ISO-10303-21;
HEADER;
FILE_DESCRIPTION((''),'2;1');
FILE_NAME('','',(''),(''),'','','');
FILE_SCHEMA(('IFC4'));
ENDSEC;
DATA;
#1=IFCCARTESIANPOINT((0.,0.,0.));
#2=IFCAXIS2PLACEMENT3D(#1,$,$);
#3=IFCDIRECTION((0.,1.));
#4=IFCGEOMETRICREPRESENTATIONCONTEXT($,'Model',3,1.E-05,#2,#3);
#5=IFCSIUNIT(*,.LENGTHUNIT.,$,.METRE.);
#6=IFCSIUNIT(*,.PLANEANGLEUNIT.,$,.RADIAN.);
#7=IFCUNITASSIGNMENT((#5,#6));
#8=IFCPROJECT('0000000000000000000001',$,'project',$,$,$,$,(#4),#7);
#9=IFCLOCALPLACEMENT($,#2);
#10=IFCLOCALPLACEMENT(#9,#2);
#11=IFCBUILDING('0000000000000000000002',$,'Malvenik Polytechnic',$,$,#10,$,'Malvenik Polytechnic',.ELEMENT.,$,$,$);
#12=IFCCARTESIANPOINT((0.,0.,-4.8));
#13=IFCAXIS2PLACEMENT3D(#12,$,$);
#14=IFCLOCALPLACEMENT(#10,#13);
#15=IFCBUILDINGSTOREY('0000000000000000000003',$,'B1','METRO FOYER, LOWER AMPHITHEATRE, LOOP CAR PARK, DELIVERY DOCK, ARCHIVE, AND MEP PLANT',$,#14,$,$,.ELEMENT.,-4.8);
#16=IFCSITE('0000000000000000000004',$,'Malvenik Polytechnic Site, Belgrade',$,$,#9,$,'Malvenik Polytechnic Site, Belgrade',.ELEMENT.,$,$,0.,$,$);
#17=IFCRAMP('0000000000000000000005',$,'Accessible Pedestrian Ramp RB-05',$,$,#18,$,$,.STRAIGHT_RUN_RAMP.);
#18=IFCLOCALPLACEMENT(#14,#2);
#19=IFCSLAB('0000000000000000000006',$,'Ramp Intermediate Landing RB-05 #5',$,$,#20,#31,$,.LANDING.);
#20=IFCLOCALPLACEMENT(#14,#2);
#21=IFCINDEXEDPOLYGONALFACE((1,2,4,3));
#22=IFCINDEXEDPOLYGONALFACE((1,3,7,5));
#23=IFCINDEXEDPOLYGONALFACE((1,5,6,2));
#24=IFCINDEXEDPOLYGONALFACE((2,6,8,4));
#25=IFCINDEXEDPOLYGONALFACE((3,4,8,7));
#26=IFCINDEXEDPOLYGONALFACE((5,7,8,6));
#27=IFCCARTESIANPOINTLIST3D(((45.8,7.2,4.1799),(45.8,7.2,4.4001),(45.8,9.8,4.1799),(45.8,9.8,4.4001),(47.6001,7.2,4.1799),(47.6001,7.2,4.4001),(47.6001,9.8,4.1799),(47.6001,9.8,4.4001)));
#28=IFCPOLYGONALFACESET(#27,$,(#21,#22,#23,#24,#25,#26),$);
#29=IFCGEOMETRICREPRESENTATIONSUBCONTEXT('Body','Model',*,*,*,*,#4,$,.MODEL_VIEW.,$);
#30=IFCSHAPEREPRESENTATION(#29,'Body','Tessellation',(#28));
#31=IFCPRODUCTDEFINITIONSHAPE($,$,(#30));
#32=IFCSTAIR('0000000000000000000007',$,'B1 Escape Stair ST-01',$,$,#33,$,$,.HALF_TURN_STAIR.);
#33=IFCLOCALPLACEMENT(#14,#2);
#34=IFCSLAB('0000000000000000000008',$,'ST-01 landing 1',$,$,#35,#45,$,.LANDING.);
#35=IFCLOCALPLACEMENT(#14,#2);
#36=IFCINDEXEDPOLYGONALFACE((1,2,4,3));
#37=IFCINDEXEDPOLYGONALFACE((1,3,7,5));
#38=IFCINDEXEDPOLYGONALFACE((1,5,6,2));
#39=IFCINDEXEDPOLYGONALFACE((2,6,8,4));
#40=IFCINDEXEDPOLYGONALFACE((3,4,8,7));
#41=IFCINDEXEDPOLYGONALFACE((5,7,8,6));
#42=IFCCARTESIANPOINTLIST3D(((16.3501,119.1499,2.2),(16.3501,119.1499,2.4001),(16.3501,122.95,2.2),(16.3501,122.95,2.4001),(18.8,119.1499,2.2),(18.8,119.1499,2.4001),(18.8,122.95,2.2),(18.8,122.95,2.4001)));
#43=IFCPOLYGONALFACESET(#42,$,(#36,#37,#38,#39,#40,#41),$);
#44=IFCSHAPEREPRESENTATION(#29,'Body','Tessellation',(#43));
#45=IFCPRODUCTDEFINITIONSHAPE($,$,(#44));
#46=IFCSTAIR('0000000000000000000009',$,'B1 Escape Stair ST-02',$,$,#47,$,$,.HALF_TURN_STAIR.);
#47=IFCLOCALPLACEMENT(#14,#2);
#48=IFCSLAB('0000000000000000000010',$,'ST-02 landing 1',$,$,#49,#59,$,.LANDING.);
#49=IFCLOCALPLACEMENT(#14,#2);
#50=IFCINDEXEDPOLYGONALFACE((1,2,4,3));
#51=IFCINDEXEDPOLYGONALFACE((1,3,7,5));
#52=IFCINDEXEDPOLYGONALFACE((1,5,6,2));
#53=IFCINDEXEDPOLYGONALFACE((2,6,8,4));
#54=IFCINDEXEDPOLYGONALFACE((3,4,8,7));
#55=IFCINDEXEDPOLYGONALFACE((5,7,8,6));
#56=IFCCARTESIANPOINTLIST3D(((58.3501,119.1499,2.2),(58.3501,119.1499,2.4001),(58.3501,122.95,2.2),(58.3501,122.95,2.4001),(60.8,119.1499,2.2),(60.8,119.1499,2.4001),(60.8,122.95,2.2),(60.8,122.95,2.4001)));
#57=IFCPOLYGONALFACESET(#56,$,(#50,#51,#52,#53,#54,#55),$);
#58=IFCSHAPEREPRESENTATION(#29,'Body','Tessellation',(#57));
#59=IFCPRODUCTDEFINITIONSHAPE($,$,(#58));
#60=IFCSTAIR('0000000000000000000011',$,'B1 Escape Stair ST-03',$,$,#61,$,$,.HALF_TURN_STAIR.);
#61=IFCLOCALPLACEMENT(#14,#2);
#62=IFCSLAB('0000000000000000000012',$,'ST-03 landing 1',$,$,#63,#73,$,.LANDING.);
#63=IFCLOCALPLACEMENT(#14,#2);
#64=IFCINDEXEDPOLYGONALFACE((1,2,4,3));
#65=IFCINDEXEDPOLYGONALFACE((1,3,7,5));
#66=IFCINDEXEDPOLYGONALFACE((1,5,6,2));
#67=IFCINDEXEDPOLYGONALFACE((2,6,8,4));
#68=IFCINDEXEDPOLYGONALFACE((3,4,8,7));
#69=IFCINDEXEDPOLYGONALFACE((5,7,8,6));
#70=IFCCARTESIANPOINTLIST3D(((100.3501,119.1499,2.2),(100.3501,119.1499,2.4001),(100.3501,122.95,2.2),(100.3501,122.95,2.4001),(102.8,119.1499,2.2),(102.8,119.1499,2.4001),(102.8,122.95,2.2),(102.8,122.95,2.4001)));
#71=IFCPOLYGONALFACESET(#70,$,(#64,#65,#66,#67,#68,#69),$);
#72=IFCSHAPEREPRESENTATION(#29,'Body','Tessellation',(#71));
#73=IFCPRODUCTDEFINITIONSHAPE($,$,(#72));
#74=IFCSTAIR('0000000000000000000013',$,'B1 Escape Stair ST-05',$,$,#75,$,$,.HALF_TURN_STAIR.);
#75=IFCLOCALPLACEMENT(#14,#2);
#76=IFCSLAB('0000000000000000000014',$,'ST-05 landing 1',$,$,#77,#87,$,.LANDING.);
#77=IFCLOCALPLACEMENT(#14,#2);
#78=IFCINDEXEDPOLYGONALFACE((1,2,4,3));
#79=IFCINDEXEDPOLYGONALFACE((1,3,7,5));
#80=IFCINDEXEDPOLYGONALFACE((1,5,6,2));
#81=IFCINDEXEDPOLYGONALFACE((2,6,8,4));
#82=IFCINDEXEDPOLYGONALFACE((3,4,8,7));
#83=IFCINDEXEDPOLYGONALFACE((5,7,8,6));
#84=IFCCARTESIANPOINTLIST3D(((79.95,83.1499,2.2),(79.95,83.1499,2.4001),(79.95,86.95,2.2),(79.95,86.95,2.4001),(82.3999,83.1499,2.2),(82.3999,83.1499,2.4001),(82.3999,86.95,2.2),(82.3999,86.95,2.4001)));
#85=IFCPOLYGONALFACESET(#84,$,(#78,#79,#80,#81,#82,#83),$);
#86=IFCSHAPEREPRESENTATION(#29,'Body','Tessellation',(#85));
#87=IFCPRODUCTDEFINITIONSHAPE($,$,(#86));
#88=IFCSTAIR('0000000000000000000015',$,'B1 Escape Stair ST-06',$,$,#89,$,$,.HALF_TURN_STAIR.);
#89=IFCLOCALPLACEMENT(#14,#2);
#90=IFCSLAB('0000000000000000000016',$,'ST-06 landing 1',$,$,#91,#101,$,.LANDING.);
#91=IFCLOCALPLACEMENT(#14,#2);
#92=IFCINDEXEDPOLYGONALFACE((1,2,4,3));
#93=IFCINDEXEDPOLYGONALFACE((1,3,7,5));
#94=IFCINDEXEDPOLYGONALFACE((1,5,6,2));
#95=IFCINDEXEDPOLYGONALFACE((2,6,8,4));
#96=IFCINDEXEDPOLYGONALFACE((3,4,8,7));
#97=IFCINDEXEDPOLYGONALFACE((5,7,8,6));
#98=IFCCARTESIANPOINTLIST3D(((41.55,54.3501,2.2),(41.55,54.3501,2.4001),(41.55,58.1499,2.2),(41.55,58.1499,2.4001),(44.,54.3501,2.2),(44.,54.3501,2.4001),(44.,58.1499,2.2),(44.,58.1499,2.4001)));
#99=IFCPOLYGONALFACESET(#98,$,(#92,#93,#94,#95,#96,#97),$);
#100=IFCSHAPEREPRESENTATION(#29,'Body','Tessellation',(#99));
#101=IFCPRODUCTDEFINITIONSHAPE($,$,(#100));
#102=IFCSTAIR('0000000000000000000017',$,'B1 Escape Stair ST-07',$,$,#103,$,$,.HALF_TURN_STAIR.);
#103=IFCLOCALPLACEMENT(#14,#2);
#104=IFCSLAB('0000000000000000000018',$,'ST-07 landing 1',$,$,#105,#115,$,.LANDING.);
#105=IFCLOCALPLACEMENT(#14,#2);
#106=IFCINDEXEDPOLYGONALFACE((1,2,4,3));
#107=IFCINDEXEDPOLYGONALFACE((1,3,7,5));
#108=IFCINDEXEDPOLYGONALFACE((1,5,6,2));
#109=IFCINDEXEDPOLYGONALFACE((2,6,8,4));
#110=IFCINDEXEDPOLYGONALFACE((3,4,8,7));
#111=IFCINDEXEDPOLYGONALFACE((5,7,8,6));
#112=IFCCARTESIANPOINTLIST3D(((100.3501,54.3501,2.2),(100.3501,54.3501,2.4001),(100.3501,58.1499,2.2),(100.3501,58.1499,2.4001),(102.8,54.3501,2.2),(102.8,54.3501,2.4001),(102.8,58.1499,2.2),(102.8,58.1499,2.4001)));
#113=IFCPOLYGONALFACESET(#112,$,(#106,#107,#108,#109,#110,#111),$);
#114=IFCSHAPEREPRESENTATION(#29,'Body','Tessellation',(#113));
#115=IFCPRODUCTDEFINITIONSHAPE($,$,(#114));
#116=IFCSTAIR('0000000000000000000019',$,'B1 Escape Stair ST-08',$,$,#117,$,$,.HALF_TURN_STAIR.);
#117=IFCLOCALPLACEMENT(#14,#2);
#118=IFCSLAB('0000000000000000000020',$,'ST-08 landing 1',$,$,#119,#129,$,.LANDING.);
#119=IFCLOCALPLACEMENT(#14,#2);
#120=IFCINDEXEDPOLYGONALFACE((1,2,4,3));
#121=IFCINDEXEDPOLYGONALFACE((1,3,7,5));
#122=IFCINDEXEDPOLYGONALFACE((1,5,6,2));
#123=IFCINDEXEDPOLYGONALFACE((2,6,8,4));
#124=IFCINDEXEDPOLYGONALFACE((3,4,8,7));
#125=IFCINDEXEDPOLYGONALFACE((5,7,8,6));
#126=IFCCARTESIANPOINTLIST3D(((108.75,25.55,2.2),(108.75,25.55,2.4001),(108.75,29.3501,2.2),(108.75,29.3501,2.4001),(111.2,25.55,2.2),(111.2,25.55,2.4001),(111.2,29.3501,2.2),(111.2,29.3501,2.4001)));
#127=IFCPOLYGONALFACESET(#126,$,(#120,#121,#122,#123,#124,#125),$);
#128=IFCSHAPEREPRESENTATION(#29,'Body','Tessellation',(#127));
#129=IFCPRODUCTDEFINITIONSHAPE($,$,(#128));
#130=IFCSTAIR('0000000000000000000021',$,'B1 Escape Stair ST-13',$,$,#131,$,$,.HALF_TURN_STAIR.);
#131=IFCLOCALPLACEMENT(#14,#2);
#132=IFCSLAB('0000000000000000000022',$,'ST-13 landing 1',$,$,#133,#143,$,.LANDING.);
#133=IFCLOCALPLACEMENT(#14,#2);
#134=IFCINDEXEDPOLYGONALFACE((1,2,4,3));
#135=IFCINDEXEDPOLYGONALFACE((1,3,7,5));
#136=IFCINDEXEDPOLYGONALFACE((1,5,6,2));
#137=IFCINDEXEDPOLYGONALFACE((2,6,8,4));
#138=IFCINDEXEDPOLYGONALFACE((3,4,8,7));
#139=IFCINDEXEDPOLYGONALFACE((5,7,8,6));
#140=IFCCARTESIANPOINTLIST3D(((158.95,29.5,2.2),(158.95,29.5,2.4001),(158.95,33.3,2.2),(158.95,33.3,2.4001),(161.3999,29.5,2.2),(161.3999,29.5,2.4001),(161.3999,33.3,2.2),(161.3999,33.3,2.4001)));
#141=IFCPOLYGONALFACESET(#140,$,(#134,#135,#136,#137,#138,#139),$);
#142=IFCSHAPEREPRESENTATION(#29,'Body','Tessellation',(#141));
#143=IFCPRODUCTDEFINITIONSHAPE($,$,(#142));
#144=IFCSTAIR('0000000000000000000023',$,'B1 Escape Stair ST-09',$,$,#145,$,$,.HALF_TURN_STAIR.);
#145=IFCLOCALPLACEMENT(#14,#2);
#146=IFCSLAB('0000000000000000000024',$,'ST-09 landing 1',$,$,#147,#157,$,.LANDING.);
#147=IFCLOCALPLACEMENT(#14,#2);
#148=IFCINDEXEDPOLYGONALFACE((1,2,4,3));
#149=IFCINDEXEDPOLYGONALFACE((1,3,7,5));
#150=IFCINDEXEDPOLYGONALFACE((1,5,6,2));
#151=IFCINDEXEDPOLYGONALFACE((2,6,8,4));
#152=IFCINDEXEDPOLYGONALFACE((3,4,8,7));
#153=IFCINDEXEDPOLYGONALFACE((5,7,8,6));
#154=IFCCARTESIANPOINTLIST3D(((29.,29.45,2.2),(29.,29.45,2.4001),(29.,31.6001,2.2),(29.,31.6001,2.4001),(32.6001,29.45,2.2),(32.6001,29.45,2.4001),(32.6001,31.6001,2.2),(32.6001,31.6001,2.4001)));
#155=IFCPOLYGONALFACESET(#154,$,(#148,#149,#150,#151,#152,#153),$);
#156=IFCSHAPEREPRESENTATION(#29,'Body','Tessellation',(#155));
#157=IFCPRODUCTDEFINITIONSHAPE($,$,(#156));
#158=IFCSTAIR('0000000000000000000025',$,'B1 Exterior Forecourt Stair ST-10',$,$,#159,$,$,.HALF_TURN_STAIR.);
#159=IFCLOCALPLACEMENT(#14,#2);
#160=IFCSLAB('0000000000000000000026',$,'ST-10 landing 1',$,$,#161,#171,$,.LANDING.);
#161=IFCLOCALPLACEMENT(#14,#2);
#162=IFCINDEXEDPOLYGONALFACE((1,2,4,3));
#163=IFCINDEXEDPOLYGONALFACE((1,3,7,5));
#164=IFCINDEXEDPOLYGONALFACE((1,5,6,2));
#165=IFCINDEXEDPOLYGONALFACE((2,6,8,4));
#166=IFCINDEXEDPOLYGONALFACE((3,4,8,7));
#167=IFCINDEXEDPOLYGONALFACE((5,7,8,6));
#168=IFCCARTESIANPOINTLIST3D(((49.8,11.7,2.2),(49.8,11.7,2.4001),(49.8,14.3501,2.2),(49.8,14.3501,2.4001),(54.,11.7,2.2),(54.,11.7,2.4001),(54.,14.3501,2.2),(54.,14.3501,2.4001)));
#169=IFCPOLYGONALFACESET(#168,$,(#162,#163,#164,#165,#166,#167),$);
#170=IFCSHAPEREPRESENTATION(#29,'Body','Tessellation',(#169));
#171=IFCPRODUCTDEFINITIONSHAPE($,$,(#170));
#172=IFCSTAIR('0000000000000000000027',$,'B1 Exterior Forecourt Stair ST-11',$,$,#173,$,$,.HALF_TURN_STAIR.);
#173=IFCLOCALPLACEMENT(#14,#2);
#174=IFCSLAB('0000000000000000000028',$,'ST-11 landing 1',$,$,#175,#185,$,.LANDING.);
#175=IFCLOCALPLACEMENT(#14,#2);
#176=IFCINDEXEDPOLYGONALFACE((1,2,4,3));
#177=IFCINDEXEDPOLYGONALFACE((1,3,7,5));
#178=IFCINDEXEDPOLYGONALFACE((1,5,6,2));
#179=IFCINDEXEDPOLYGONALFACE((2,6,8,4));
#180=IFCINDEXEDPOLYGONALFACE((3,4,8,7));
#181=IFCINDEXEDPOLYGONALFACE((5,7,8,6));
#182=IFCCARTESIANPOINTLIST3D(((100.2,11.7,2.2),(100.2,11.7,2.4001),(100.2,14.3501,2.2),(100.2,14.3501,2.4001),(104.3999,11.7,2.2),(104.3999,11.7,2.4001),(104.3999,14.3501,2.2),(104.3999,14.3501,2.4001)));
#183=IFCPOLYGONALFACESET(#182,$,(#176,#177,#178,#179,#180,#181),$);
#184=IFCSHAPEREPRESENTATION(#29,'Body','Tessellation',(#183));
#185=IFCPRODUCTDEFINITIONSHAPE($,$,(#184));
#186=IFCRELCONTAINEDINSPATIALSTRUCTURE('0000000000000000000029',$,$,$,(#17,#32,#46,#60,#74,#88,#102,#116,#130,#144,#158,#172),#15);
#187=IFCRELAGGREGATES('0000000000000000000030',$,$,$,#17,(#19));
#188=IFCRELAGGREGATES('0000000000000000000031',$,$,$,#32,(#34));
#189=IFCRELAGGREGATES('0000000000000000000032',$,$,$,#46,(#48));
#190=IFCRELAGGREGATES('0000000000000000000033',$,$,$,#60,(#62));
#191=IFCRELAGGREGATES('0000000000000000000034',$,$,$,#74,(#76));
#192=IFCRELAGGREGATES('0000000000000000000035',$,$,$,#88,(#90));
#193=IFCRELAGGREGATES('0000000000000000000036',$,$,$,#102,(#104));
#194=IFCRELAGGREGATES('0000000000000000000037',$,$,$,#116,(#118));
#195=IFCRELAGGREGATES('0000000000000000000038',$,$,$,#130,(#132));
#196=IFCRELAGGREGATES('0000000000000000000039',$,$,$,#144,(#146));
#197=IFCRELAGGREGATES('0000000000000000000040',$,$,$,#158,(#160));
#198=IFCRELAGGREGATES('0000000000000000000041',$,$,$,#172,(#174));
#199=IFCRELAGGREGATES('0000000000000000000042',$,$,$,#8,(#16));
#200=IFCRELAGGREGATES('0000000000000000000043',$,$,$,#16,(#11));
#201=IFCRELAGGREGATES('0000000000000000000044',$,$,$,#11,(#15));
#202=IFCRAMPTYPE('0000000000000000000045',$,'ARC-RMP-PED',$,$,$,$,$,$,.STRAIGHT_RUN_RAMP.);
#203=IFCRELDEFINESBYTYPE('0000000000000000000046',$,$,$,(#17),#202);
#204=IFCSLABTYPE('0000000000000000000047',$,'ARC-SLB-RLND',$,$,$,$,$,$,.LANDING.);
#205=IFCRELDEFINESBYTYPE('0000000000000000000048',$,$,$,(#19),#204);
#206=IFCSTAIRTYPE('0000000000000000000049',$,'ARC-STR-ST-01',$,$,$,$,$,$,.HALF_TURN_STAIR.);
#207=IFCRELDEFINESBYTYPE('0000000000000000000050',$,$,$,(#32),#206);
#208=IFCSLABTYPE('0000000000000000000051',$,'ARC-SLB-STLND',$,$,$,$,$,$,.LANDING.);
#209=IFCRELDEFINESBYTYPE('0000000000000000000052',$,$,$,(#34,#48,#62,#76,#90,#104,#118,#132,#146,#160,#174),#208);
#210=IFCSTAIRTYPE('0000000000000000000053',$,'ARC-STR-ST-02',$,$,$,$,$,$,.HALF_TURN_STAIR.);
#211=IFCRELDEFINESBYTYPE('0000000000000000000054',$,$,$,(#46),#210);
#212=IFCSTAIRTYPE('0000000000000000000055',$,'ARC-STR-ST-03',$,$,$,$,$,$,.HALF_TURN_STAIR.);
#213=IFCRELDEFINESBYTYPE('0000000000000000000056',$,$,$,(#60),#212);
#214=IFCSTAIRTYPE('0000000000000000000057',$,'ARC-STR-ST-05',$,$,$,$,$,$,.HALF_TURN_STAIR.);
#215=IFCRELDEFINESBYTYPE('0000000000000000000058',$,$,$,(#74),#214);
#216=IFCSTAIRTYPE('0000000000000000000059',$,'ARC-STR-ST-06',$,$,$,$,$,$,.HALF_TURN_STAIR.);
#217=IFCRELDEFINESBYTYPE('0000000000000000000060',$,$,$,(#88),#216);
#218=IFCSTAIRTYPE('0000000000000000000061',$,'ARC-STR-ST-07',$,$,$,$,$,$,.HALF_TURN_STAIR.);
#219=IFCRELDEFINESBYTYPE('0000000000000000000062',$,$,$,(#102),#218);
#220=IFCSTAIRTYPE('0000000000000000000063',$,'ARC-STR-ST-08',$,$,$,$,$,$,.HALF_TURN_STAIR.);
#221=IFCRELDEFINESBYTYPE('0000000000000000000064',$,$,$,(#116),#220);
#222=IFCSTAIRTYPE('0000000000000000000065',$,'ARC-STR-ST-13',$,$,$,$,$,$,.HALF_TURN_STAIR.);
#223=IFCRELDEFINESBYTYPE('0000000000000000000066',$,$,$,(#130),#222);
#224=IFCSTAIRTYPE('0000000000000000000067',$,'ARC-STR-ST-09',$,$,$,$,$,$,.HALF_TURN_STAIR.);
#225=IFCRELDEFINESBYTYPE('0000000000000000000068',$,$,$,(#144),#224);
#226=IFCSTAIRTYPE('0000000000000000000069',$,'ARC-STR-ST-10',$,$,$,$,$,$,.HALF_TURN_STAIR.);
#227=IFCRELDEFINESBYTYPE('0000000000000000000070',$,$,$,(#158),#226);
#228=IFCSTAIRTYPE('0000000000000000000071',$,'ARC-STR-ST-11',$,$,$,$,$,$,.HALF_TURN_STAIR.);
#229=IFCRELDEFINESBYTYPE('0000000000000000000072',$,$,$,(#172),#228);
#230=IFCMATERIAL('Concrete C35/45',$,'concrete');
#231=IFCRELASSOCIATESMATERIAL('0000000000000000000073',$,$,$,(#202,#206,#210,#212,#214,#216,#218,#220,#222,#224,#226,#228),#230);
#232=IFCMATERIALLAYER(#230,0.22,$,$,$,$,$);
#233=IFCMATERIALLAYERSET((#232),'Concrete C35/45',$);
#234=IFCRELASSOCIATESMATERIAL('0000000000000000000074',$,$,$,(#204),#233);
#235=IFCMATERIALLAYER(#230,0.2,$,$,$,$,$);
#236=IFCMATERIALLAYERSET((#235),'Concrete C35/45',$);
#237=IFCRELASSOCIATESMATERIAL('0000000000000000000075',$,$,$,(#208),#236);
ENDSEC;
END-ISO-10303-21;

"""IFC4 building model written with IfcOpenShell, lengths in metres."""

from ifc_helpers import new_model, si_unit, direction, frame, origin, place, context, subcontext, project, spatial, polyline, outline, extrude, material, layer, layer_set, type_object, element, aggregate, save


model = new_model("IFC4")

# Units and contexts
model_context = context("Model", 3, precision=1e-05, world=origin(), true_north=direction((0.0, 1.0)))
body_context = subcontext(model_context, "Body", "Model", "MODEL_VIEW")
ifc_project = project(units=[si_unit("LENGTHUNIT", "METRE"), si_unit("PLANEANGLEUNIT", "RADIAN")], contexts=[model_context])

# Site, building, storey
site_placement = place(None, origin())
site = spatial("IfcSite", under=ifc_project, at=site_placement, Name="Malvenik Polytechnic Site, Belgrade", LongName="Malvenik Polytechnic Site, Belgrade", CompositionType="ELEMENT", RefElevation=0.0)
building_placement = place(site_placement, origin())
building = spatial("IfcBuilding", under=site, at=building_placement, Name="Malvenik Polytechnic", LongName="Malvenik Polytechnic", CompositionType="ELEMENT")
storey_placement = place(building_placement, frame((0.0, 0.0, -4.8)))
storey = spatial("IfcBuildingStorey", under=building, at=storey_placement, Name="B1", Description="METRO FOYER, LOWER AMPHITHEATRE, LOOP CAR PARK, DELIVERY DOCK, ARCHIVE, AND MEP PLANT", CompositionType="ELEMENT", Elevation=-4.8)

# Shared definitions
ifc_material_1 = material(Name="Concrete C35/45", Category="concrete")

# Ramp, slab
ramp_type = type_object("IfcRampType", Name="ARC-RMP-PED", PredefinedType="STRAIGHT_RUN_RAMP", material=ifc_material_1)
ramp_placement = place(storey_placement, origin())
ramp = element("IfcRamp", 1, at=ramp_placement, inside=storey, type_object=ramp_type, Name="Accessible Pedestrian Ramp RB-05", PredefinedType="STRAIGHT_RUN_RAMP")
ifc_layer_1 = layer(ifc_material_1, 0.22)
ifc_layer_set_1 = layer_set([ifc_layer_1], Name="Concrete C35/45")
slab_type_1 = type_object("IfcSlabType", Name="ARC-SLB-RLND", PredefinedType="LANDING", material=ifc_layer_set_1)
slab_1_placement = place(storey_placement, frame((0.0, 0.0, 4.1799)))
slab_1 = element("IfcSlab", 2, at=slab_1_placement, type_object=slab_type_1, Name="Ramp Intermediate Landing RB-05 #5", PredefinedType="LANDING", context=body_context, shape_type="SweptSolid", body=[
    extrude(outline(polyline([(45.8, 7.2), (47.6001, 7.2), (47.6001, 9.8), (45.8, 9.8), (45.8, 7.2)])), origin(), (0.0, 0.0, 1.0), 0.2202),
])
aggregate(ramp, [slab_1])

# Stairs, slabs
stair_type_1 = type_object("IfcStairType", Name="ARC-STR-ST-01", PredefinedType="HALF_TURN_STAIR", material=ifc_material_1)
stair_1_placement = place(storey_placement, origin())
stair_1 = element("IfcStair", 3, at=stair_1_placement, inside=storey, type_object=stair_type_1, Name="B1 Escape Stair ST-01", PredefinedType="HALF_TURN_STAIR")
ifc_layer_2 = layer(ifc_material_1, 0.2)
ifc_layer_set_2 = layer_set([ifc_layer_2], Name="Concrete C35/45")
slab_type_2 = type_object("IfcSlabType", Name="ARC-SLB-STLND", PredefinedType="LANDING", material=ifc_layer_set_2)
slab_2_placement = place(storey_placement, frame((0.0, 0.0, 2.2)))
slab_2 = element("IfcSlab", 4, at=slab_2_placement, type_object=slab_type_2, Name="ST-01 landing 1", PredefinedType="LANDING", context=body_context, shape_type="SweptSolid", body=[
    extrude(outline(polyline([(16.3501, 119.1499), (18.8, 119.1499), (18.8, 122.95), (16.3501, 122.95), (16.3501, 119.1499)])), origin(), (0.0, 0.0, 1.0), 0.2002),
])
aggregate(stair_1, [slab_2])
stair_type_2 = type_object("IfcStairType", Name="ARC-STR-ST-02", PredefinedType="HALF_TURN_STAIR", material=ifc_material_1)
stair_2_placement = place(storey_placement, origin())
stair_2 = element("IfcStair", 5, at=stair_2_placement, inside=storey, type_object=stair_type_2, Name="B1 Escape Stair ST-02", PredefinedType="HALF_TURN_STAIR")
slab_3_placement = place(storey_placement, frame((0.0, 0.0, 2.2)))
slab_3 = element("IfcSlab", 6, at=slab_3_placement, type_object=slab_type_2, Name="ST-02 landing 1", PredefinedType="LANDING", context=body_context, shape_type="SweptSolid", body=[
    extrude(outline(polyline([(58.3501, 119.1499), (60.8, 119.1499), (60.8, 122.95), (58.3501, 122.95), (58.3501, 119.1499)])), origin(), (0.0, 0.0, 1.0), 0.2002),
])
aggregate(stair_2, [slab_3])
stair_type_3 = type_object("IfcStairType", Name="ARC-STR-ST-03", PredefinedType="HALF_TURN_STAIR", material=ifc_material_1)
stair_3_placement = place(storey_placement, origin())
stair_3 = element("IfcStair", 7, at=stair_3_placement, inside=storey, type_object=stair_type_3, Name="B1 Escape Stair ST-03", PredefinedType="HALF_TURN_STAIR")
slab_4_placement = place(storey_placement, frame((0.0, 0.0, 2.2)))
slab_4 = element("IfcSlab", 8, at=slab_4_placement, type_object=slab_type_2, Name="ST-03 landing 1", PredefinedType="LANDING", context=body_context, shape_type="SweptSolid", body=[
    extrude(outline(polyline([(100.3501, 119.1499), (102.8, 119.1499), (102.8, 122.95), (100.3501, 122.95), (100.3501, 119.1499)])), origin(), (0.0, 0.0, 1.0), 0.2002),
])
aggregate(stair_3, [slab_4])
stair_type_4 = type_object("IfcStairType", Name="ARC-STR-ST-05", PredefinedType="HALF_TURN_STAIR", material=ifc_material_1)
stair_4_placement = place(storey_placement, origin())
stair_4 = element("IfcStair", 9, at=stair_4_placement, inside=storey, type_object=stair_type_4, Name="B1 Escape Stair ST-05", PredefinedType="HALF_TURN_STAIR")
slab_5_placement = place(storey_placement, frame((0.0, 0.0, 2.2)))
slab_5 = element("IfcSlab", 10, at=slab_5_placement, type_object=slab_type_2, Name="ST-05 landing 1", PredefinedType="LANDING", context=body_context, shape_type="SweptSolid", body=[
    extrude(outline(polyline([(79.95, 83.1499), (82.3999, 83.1499), (82.3999, 86.95), (79.95, 86.95), (79.95, 83.1499)])), origin(), (0.0, 0.0, 1.0), 0.2002),
])
aggregate(stair_4, [slab_5])
stair_type_5 = type_object("IfcStairType", Name="ARC-STR-ST-06", PredefinedType="HALF_TURN_STAIR", material=ifc_material_1)
stair_5_placement = place(storey_placement, origin())
stair_5 = element("IfcStair", 11, at=stair_5_placement, inside=storey, type_object=stair_type_5, Name="B1 Escape Stair ST-06", PredefinedType="HALF_TURN_STAIR")
slab_6_placement = place(storey_placement, frame((0.0, 0.0, 2.2)))
slab_6 = element("IfcSlab", 12, at=slab_6_placement, type_object=slab_type_2, Name="ST-06 landing 1", PredefinedType="LANDING", context=body_context, shape_type="SweptSolid", body=[
    extrude(outline(polyline([(41.55, 54.3501), (44.0, 54.3501), (44.0, 58.1499), (41.55, 58.1499), (41.55, 54.3501)])), origin(), (0.0, 0.0, 1.0), 0.2002),
])
aggregate(stair_5, [slab_6])
stair_type_6 = type_object("IfcStairType", Name="ARC-STR-ST-07", PredefinedType="HALF_TURN_STAIR", material=ifc_material_1)
stair_6_placement = place(storey_placement, origin())
stair_6 = element("IfcStair", 13, at=stair_6_placement, inside=storey, type_object=stair_type_6, Name="B1 Escape Stair ST-07", PredefinedType="HALF_TURN_STAIR")
slab_7_placement = place(storey_placement, frame((0.0, 0.0, 2.2)))
slab_7 = element("IfcSlab", 14, at=slab_7_placement, type_object=slab_type_2, Name="ST-07 landing 1", PredefinedType="LANDING", context=body_context, shape_type="SweptSolid", body=[
    extrude(outline(polyline([(100.3501, 54.3501), (102.8, 54.3501), (102.8, 58.1499), (100.3501, 58.1499), (100.3501, 54.3501)])), origin(), (0.0, 0.0, 1.0), 0.2002),
])
aggregate(stair_6, [slab_7])
stair_type_7 = type_object("IfcStairType", Name="ARC-STR-ST-08", PredefinedType="HALF_TURN_STAIR", material=ifc_material_1)
stair_7_placement = place(storey_placement, origin())
stair_7 = element("IfcStair", 15, at=stair_7_placement, inside=storey, type_object=stair_type_7, Name="B1 Escape Stair ST-08", PredefinedType="HALF_TURN_STAIR")
slab_8_placement = place(storey_placement, frame((0.0, 0.0, 2.2)))
slab_8 = element("IfcSlab", 16, at=slab_8_placement, type_object=slab_type_2, Name="ST-08 landing 1", PredefinedType="LANDING", context=body_context, shape_type="SweptSolid", body=[
    extrude(outline(polyline([(108.75, 25.55), (111.2, 25.55), (111.2, 29.3501), (108.75, 29.3501), (108.75, 25.55)])), origin(), (0.0, 0.0, 1.0), 0.2002),
])
aggregate(stair_7, [slab_8])
stair_type_8 = type_object("IfcStairType", Name="ARC-STR-ST-13", PredefinedType="HALF_TURN_STAIR", material=ifc_material_1)
stair_8_placement = place(storey_placement, origin())
stair_8 = element("IfcStair", 17, at=stair_8_placement, inside=storey, type_object=stair_type_8, Name="B1 Escape Stair ST-13", PredefinedType="HALF_TURN_STAIR")
slab_9_placement = place(storey_placement, frame((0.0, 0.0, 2.2)))
slab_9 = element("IfcSlab", 18, at=slab_9_placement, type_object=slab_type_2, Name="ST-13 landing 1", PredefinedType="LANDING", context=body_context, shape_type="SweptSolid", body=[
    extrude(outline(polyline([(158.95, 29.5), (161.3999, 29.5), (161.3999, 33.3), (158.95, 33.3), (158.95, 29.5)])), origin(), (0.0, 0.0, 1.0), 0.2002),
])
aggregate(stair_8, [slab_9])
stair_type_9 = type_object("IfcStairType", Name="ARC-STR-ST-09", PredefinedType="HALF_TURN_STAIR", material=ifc_material_1)
stair_9_placement = place(storey_placement, origin())
stair_9 = element("IfcStair", 19, at=stair_9_placement, inside=storey, type_object=stair_type_9, Name="B1 Escape Stair ST-09", PredefinedType="HALF_TURN_STAIR")
slab_10_placement = place(storey_placement, frame((0.0, 0.0, 2.2)))
slab_10 = element("IfcSlab", 20, at=slab_10_placement, type_object=slab_type_2, Name="ST-09 landing 1", PredefinedType="LANDING", context=body_context, shape_type="SweptSolid", body=[
    extrude(outline(polyline([(32.6001, 29.45), (32.6001, 31.6001), (29.0, 31.6001), (29.0, 29.45), (32.6001, 29.45)])), origin(), (0.0, 0.0, 1.0), 0.2002),
])
aggregate(stair_9, [slab_10])
stair_type_10 = type_object("IfcStairType", Name="ARC-STR-ST-10", PredefinedType="HALF_TURN_STAIR", material=ifc_material_1)
stair_10_placement = place(storey_placement, origin())
stair_10 = element("IfcStair", 21, at=stair_10_placement, inside=storey, type_object=stair_type_10, Name="B1 Exterior Forecourt Stair ST-10", PredefinedType="HALF_TURN_STAIR")
slab_11_placement = place(storey_placement, frame((0.0, 0.0, 2.2)))
slab_11 = element("IfcSlab", 22, at=slab_11_placement, type_object=slab_type_2, Name="ST-10 landing 1", PredefinedType="LANDING", context=body_context, shape_type="SweptSolid", body=[
    extrude(outline(polyline([(49.8, 14.3501), (49.8, 11.7), (54.0, 11.7), (54.0, 14.3501), (49.8, 14.3501)])), origin(), (0.0, 0.0, 1.0), 0.2002),
])
aggregate(stair_10, [slab_11])
stair_type_11 = type_object("IfcStairType", Name="ARC-STR-ST-11", PredefinedType="HALF_TURN_STAIR", material=ifc_material_1)
stair_11_placement = place(storey_placement, origin())
stair_11 = element("IfcStair", 23, at=stair_11_placement, inside=storey, type_object=stair_type_11, Name="B1 Exterior Forecourt Stair ST-11", PredefinedType="HALF_TURN_STAIR")
slab_12_placement = place(storey_placement, frame((0.0, 0.0, 2.2)))
slab_12 = element("IfcSlab", 24, at=slab_12_placement, type_object=slab_type_2, Name="ST-11 landing 1", PredefinedType="LANDING", context=body_context, shape_type="SweptSolid", body=[
    extrude(outline(polyline([(100.2, 14.3501), (100.2, 11.7), (104.3999, 11.7), (104.3999, 14.3501), (100.2, 14.3501)])), origin(), (0.0, 0.0, 1.0), 0.2002),
])
aggregate(stair_11, [slab_12])

save(model, "model.ifc")
